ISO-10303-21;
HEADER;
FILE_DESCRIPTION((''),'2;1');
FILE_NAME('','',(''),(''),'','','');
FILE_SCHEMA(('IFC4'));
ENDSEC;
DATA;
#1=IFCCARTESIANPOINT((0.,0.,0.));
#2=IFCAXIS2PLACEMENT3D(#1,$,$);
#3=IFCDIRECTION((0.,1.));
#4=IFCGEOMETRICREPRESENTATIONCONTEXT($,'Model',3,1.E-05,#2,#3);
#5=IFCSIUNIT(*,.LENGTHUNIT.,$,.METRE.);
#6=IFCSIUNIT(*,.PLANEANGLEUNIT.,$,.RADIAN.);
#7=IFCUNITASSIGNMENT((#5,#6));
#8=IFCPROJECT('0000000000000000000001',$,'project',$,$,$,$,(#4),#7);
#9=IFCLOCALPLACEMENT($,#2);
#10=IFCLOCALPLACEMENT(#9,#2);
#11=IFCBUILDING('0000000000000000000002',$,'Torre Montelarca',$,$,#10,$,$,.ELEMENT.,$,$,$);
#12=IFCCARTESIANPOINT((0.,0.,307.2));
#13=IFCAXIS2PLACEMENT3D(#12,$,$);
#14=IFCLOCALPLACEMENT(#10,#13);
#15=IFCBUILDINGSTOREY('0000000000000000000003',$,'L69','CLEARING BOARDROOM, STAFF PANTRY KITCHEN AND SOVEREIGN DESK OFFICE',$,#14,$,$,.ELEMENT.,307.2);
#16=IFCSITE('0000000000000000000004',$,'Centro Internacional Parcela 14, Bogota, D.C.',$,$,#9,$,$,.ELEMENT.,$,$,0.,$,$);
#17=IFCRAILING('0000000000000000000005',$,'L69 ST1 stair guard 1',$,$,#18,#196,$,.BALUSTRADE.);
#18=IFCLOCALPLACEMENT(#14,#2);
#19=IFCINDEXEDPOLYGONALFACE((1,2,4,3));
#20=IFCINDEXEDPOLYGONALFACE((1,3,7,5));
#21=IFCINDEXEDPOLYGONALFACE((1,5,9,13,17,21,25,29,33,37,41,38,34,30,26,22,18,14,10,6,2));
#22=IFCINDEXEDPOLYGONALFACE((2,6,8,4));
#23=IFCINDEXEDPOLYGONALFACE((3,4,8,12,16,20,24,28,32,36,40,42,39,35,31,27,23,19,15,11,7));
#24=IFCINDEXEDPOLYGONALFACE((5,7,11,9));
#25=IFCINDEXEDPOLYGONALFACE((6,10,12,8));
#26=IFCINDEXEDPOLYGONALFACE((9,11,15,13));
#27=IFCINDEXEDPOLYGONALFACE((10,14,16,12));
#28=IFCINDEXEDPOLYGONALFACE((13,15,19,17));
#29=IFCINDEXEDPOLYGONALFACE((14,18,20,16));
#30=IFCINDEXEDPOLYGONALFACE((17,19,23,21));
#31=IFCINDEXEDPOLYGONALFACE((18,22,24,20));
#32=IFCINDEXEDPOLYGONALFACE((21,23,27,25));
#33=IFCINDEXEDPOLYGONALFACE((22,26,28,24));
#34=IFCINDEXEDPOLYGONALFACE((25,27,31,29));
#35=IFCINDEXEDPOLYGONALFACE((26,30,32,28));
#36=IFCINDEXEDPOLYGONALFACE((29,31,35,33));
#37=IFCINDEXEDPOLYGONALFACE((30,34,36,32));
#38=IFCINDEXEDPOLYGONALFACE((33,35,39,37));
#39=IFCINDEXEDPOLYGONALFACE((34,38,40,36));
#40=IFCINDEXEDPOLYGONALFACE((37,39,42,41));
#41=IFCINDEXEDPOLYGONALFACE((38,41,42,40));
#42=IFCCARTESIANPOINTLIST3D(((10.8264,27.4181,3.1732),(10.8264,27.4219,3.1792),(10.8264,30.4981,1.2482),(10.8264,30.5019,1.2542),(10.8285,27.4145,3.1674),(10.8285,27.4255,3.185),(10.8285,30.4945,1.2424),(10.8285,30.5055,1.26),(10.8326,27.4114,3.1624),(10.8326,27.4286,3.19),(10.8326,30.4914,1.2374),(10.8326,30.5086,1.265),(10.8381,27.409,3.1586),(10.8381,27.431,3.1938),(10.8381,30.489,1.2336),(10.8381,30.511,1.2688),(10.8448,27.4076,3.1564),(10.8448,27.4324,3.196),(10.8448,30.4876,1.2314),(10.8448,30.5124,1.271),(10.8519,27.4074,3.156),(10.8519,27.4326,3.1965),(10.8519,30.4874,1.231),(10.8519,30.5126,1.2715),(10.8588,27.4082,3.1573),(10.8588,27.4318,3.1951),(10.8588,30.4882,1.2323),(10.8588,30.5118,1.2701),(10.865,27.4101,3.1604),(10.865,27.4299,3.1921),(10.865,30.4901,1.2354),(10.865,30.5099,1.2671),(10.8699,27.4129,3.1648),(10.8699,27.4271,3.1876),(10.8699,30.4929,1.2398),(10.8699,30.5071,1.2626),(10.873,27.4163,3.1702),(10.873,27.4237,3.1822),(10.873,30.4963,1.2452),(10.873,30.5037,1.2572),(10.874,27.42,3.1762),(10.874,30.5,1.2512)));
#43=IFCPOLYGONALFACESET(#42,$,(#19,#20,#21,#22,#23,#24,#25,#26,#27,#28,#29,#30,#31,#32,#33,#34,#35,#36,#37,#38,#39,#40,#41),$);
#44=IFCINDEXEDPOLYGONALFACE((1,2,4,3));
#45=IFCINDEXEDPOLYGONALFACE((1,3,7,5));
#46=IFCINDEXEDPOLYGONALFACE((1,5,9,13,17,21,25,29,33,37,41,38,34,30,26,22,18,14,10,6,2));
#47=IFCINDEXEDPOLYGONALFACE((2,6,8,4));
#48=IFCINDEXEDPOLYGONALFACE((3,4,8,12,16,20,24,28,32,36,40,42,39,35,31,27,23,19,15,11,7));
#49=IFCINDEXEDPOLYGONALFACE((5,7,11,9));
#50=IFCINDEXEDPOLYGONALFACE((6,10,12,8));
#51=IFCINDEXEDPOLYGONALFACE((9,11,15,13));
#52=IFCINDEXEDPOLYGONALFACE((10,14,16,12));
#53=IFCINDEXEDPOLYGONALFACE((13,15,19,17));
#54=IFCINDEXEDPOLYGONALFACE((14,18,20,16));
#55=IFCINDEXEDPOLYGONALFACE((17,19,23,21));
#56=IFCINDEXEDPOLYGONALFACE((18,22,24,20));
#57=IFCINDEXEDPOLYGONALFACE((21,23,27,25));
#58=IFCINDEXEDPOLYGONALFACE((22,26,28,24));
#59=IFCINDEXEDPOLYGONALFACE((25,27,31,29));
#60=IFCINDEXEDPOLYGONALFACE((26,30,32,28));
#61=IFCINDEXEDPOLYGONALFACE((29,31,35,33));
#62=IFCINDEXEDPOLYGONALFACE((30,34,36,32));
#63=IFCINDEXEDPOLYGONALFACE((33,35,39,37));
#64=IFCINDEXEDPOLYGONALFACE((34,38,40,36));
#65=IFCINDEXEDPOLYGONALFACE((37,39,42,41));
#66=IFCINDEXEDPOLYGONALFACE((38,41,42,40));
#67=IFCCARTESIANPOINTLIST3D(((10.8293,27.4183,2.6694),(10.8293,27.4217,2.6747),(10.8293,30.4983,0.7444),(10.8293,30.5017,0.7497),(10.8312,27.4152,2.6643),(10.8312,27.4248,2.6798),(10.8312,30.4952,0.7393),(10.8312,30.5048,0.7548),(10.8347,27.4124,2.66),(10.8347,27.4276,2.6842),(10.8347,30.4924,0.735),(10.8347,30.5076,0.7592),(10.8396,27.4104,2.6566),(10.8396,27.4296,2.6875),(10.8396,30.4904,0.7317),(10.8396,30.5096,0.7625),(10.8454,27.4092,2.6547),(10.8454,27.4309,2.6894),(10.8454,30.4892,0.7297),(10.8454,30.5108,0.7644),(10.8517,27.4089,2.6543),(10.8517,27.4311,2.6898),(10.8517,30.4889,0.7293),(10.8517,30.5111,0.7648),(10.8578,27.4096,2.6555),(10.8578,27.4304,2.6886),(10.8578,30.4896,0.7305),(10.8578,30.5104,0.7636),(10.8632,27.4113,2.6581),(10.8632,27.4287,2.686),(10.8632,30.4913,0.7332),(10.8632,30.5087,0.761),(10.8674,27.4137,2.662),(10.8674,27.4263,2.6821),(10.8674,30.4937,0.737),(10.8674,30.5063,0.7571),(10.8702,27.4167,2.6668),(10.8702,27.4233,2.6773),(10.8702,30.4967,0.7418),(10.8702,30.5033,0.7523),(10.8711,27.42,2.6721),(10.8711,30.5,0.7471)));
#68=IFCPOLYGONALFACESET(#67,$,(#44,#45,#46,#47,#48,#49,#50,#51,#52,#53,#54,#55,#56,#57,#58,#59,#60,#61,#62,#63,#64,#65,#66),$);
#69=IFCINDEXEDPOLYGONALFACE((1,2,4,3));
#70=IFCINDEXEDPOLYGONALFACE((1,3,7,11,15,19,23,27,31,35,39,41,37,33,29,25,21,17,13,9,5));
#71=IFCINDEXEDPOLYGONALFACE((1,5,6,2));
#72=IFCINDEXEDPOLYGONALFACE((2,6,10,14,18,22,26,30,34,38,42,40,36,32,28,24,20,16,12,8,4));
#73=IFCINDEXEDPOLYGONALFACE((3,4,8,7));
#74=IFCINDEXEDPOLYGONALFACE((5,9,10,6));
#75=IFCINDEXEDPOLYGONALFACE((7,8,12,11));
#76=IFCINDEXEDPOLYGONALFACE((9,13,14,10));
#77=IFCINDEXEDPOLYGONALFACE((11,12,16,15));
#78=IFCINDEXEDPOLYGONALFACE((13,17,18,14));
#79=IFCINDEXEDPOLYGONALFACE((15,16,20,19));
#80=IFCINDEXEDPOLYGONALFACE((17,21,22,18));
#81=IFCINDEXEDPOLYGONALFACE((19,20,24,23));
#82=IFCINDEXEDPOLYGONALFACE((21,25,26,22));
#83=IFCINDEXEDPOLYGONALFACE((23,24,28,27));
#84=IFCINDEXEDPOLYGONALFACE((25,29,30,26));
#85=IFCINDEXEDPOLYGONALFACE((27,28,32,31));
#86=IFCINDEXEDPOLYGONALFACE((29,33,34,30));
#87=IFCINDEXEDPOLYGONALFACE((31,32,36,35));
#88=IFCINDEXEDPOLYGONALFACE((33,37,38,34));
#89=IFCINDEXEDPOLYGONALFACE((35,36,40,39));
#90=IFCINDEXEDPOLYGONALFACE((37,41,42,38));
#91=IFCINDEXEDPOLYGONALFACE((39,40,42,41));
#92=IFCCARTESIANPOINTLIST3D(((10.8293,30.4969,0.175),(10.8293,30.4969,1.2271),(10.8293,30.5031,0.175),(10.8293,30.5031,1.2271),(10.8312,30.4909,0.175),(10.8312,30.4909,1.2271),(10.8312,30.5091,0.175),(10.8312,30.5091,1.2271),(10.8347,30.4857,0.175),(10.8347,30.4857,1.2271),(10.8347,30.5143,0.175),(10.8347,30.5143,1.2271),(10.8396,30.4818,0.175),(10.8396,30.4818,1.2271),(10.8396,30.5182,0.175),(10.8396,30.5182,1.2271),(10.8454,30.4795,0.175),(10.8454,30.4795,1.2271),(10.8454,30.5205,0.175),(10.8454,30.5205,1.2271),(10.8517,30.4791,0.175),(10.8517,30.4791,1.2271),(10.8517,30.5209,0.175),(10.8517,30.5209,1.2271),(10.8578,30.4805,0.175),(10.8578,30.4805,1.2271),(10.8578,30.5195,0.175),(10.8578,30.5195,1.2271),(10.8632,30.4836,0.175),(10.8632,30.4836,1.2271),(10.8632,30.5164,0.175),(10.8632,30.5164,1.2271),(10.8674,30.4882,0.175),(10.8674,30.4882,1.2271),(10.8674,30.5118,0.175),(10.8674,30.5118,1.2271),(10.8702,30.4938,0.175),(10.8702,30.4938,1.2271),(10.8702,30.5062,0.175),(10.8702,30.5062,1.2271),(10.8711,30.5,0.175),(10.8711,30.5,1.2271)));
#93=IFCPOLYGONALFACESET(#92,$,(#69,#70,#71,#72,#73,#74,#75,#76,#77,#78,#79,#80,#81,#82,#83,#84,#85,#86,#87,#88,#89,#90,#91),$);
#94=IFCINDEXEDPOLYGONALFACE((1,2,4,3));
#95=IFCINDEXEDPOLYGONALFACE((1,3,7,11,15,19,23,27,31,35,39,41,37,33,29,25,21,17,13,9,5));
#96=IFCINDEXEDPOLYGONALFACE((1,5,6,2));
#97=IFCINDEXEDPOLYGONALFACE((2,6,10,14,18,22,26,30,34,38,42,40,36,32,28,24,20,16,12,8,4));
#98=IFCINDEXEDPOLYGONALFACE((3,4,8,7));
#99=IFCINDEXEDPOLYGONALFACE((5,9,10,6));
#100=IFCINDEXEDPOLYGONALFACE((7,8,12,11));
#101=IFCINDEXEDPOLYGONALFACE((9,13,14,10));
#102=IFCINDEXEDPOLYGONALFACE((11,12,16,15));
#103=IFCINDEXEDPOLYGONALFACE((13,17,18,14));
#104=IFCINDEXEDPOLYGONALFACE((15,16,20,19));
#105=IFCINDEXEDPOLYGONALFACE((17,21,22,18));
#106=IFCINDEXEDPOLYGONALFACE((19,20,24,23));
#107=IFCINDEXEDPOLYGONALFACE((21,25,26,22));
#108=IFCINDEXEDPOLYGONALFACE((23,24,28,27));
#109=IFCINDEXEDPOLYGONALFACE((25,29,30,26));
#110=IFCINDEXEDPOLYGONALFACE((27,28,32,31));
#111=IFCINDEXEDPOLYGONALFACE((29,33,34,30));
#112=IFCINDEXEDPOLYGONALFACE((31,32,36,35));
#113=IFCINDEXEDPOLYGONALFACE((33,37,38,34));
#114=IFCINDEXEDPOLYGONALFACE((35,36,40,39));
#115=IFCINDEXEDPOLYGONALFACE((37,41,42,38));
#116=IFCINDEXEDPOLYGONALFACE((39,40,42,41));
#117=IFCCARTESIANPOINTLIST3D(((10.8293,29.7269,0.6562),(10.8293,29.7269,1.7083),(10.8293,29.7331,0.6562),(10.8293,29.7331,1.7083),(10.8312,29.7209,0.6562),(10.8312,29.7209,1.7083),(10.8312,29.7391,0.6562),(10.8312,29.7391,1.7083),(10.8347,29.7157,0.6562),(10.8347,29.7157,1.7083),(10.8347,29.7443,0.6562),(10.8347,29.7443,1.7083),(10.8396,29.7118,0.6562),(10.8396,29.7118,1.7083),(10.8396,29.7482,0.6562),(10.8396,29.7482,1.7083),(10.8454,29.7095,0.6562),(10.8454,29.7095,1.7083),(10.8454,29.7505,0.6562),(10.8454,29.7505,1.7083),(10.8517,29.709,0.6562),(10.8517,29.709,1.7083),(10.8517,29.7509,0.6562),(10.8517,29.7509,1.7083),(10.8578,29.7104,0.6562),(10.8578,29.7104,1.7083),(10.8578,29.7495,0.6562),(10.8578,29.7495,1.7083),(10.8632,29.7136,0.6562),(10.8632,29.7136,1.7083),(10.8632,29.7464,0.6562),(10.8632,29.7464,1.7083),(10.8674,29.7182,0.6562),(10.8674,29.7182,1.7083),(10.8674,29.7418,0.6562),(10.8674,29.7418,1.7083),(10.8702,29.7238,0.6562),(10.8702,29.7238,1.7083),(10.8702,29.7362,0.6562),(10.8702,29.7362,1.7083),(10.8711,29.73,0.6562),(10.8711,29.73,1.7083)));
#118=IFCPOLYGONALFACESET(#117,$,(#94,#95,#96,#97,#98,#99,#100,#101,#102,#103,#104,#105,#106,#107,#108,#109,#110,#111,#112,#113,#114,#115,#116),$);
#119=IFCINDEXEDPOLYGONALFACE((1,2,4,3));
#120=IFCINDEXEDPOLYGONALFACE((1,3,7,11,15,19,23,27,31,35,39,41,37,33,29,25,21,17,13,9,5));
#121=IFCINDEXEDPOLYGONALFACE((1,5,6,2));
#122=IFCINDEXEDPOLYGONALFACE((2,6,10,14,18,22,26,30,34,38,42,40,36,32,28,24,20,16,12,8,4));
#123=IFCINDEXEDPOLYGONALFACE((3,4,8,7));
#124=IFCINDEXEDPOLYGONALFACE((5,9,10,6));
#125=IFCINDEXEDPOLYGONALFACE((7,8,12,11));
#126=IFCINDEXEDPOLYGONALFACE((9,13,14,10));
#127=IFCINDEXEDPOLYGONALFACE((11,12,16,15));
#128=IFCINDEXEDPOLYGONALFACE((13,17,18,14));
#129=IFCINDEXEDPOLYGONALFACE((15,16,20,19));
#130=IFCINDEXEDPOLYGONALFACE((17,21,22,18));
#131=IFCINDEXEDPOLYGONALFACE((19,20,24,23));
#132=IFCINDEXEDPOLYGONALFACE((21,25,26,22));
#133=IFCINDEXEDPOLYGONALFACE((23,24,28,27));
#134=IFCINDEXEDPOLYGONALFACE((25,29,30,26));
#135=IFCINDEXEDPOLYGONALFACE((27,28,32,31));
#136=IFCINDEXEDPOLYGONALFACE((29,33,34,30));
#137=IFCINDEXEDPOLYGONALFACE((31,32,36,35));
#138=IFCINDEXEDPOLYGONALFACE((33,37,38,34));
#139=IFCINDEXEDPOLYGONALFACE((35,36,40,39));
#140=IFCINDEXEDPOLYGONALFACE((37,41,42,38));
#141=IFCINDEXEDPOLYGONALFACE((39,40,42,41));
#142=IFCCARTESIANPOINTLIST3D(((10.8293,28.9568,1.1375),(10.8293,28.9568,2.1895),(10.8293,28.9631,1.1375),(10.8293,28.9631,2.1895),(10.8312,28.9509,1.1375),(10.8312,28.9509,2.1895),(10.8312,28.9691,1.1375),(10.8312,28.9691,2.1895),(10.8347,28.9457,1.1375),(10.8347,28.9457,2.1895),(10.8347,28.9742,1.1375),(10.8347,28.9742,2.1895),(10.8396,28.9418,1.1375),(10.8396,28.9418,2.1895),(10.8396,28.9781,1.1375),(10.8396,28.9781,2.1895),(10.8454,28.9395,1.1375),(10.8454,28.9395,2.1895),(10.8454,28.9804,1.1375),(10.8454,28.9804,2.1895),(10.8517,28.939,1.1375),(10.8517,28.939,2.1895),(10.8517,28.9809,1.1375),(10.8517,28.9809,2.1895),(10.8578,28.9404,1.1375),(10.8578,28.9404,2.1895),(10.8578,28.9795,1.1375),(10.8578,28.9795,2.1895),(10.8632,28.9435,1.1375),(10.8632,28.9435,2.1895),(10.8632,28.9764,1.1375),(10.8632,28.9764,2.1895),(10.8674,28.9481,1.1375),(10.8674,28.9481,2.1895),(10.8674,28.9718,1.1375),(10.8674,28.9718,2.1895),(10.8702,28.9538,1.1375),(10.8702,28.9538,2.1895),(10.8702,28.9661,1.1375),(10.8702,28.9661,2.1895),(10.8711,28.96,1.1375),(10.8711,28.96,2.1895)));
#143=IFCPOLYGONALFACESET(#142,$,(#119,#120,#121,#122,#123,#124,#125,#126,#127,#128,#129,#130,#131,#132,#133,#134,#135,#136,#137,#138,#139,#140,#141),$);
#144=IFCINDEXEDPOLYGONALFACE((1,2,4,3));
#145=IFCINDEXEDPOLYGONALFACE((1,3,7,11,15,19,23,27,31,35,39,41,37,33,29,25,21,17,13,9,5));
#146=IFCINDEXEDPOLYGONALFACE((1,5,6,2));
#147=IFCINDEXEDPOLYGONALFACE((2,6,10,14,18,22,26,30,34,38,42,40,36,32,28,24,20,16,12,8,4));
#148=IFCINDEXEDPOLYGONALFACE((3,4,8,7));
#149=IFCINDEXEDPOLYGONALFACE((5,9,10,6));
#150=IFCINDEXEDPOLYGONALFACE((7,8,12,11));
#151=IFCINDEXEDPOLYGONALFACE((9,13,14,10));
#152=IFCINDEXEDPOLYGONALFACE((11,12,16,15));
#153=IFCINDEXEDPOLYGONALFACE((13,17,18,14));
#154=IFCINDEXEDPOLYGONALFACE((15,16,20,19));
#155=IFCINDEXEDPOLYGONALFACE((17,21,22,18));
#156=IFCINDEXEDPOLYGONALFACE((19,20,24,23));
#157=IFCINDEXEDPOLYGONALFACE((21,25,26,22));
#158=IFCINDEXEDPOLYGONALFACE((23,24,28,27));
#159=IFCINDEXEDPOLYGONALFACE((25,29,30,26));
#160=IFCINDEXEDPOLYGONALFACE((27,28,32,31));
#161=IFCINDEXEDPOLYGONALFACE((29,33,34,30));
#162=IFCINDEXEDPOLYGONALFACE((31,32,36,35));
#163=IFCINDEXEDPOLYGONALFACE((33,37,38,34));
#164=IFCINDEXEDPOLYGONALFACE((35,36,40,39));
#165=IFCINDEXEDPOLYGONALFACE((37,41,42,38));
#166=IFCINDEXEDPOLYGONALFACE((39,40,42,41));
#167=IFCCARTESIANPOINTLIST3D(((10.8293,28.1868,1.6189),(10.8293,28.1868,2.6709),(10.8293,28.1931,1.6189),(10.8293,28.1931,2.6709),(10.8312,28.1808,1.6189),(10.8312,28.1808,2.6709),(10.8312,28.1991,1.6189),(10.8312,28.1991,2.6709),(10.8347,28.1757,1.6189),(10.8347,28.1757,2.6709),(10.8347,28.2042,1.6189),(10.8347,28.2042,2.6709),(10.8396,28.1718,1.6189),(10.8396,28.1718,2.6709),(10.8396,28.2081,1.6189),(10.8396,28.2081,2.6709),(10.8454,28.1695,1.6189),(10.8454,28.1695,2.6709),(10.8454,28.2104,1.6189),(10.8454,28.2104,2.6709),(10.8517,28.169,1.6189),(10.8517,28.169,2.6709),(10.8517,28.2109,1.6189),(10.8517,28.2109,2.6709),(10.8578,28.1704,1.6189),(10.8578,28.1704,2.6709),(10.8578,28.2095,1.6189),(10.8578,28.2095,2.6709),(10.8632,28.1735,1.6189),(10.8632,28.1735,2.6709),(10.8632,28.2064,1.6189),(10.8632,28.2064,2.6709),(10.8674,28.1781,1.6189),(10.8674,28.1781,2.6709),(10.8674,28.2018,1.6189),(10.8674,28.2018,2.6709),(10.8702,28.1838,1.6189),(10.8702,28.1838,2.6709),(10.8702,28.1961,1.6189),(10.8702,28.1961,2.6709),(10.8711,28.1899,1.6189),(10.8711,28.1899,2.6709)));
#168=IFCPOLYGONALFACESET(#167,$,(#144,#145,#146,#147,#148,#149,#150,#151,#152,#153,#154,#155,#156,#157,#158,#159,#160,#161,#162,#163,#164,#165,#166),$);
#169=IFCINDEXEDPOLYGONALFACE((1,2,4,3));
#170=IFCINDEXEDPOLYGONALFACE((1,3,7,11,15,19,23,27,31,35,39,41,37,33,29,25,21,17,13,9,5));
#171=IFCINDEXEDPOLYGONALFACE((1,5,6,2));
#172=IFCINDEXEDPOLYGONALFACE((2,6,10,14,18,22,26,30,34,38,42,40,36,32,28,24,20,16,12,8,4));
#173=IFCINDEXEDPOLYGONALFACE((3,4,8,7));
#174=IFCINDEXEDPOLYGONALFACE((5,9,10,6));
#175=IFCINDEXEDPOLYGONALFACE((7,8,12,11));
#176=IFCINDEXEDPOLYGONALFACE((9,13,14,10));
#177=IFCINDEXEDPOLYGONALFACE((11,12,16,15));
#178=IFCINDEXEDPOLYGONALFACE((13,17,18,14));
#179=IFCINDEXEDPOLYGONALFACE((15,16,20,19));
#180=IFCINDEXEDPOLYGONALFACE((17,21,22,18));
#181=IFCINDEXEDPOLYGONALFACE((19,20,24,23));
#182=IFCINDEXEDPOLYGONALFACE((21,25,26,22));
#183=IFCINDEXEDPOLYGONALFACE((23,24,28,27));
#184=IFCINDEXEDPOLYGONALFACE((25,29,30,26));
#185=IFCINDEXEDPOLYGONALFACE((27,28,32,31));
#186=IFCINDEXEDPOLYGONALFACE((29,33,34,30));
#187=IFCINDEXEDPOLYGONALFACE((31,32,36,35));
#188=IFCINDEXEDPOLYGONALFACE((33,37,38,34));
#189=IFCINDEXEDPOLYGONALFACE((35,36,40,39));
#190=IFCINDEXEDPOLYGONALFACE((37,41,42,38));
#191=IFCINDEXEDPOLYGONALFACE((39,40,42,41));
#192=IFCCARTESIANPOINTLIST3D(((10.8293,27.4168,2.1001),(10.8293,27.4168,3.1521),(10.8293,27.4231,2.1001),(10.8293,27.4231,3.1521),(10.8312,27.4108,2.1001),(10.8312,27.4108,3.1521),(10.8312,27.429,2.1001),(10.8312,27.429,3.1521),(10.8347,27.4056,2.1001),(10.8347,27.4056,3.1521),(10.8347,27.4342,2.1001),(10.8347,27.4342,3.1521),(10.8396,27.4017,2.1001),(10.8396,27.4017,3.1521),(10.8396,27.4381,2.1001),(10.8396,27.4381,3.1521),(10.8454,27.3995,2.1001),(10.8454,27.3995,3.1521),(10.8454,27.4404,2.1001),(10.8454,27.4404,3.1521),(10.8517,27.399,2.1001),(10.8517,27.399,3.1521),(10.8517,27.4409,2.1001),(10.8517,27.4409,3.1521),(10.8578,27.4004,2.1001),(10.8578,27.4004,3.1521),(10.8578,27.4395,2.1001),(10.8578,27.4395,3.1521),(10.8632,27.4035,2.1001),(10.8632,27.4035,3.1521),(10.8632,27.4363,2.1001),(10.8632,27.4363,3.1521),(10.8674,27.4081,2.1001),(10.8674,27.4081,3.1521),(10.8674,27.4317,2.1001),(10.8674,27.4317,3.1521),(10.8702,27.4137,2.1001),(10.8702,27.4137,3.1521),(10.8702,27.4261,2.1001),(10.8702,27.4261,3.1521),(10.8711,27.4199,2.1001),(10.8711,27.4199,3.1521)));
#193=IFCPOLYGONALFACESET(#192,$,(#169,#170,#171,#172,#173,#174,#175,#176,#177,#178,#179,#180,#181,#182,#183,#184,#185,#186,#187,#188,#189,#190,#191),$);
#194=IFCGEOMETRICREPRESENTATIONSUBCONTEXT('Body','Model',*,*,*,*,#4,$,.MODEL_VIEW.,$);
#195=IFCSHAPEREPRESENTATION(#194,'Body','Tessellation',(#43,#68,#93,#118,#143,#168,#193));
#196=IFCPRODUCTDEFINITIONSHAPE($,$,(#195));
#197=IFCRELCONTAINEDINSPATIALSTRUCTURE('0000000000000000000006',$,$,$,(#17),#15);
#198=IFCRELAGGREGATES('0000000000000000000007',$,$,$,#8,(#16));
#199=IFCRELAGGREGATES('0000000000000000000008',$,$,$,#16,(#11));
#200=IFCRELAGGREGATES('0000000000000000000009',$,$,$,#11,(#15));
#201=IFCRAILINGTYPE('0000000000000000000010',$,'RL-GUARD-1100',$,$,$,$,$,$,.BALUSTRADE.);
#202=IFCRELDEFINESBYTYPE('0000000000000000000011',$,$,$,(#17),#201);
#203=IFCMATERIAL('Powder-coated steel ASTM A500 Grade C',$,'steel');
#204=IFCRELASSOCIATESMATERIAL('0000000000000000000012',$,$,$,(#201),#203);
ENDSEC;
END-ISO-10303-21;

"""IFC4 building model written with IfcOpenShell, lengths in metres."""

from ifc_helpers import new_model, si_unit, direction, frame, origin, origin_2d, place, context, subcontext, project, spatial, circle, extrude, material, type_object, element, save


model = new_model("IFC4")

# Units and contexts
model_context = context("Model", 3, precision=1e-05, world=origin(), true_north=direction((0.0, 1.0)))
body_context = subcontext(model_context, "Body", "Model", "MODEL_VIEW")
ifc_project = project(units=[si_unit("LENGTHUNIT", "METRE"), si_unit("PLANEANGLEUNIT", "RADIAN")], contexts=[model_context])

# Site, building, storey
site_placement = place(None, origin())
site = spatial("IfcSite", under=ifc_project, at=site_placement, Name="Centro Internacional Parcela 14, Bogota, D.C.", CompositionType="ELEMENT", RefElevation=0.0)
building_placement = place(site_placement, origin())
building = spatial("IfcBuilding", under=site, at=building_placement, Name="Torre Montelarca", CompositionType="ELEMENT")
storey_placement = place(building_placement, frame((0.0, 0.0, 307.2)))
storey = spatial("IfcBuildingStorey", under=building, at=storey_placement, Name="L69", Description="CLEARING BOARDROOM, STAFF PANTRY KITCHEN AND SOVEREIGN DESK OFFICE", CompositionType="ELEMENT", Elevation=307.2)

# Railing
ifc_material_1 = material(Name="Powder-coated steel ASTM A500 Grade C", Category="steel")
railing_type_1 = type_object("IfcRailingType", Name="RL-GUARD-1100", PredefinedType="BALUSTRADE", material=ifc_material_1)
railing_1_placement = place(storey_placement, frame((10.8501, 30.5, 0.175)))
element("IfcRailing", 1, at=railing_1_placement, inside=storey, type_object=railing_type_1, Name="L69 ST1 stair guard 1", PredefinedType="BALUSTRADE", context=body_context, shape_type="SweptSolid", body=[
    extrude(circle(Radius=0.0239, at=origin_2d()), frame((0.0, 0.0, 1.0762), z_axis=(0.0, -0.847998, 0.529999), x_axis=(1.0, 0.0, 0.0)), (0.0, 0.0, 1.0), 3.6321),
    extrude(circle(Radius=0.021, at=origin_2d()), frame((0.0, 0.0, 0.572), z_axis=(0.0, -0.847998, 0.529999), x_axis=(1.0, 0.0, 0.0)), (0.0, 0.0, 1.0), 3.6321),
    extrude(circle(Radius=0.021, at=origin_2d()), origin(), (0.0, 0.0, 1.0), 1.052),
    extrude(circle(Radius=0.021, at=origin_2d()), frame((0.0, -0.77, 0.4812)), (0.0, 0.0, 1.0), 1.052),
    extrude(circle(Radius=0.021, at=origin_2d()), frame((0.0, -1.54, 0.9624)), (0.0, 0.0, 1.0), 1.052),
    extrude(circle(Radius=0.021, at=origin_2d()), frame((0.0, -2.3101, 1.4438)), (0.0, 0.0, 1.0), 1.052),
    extrude(circle(Radius=0.021, at=origin_2d()), frame((0.0, -3.0801, 1.925)), (0.0, 0.0, 1.0), 1.052),
])

save(model, "model.ifc")
